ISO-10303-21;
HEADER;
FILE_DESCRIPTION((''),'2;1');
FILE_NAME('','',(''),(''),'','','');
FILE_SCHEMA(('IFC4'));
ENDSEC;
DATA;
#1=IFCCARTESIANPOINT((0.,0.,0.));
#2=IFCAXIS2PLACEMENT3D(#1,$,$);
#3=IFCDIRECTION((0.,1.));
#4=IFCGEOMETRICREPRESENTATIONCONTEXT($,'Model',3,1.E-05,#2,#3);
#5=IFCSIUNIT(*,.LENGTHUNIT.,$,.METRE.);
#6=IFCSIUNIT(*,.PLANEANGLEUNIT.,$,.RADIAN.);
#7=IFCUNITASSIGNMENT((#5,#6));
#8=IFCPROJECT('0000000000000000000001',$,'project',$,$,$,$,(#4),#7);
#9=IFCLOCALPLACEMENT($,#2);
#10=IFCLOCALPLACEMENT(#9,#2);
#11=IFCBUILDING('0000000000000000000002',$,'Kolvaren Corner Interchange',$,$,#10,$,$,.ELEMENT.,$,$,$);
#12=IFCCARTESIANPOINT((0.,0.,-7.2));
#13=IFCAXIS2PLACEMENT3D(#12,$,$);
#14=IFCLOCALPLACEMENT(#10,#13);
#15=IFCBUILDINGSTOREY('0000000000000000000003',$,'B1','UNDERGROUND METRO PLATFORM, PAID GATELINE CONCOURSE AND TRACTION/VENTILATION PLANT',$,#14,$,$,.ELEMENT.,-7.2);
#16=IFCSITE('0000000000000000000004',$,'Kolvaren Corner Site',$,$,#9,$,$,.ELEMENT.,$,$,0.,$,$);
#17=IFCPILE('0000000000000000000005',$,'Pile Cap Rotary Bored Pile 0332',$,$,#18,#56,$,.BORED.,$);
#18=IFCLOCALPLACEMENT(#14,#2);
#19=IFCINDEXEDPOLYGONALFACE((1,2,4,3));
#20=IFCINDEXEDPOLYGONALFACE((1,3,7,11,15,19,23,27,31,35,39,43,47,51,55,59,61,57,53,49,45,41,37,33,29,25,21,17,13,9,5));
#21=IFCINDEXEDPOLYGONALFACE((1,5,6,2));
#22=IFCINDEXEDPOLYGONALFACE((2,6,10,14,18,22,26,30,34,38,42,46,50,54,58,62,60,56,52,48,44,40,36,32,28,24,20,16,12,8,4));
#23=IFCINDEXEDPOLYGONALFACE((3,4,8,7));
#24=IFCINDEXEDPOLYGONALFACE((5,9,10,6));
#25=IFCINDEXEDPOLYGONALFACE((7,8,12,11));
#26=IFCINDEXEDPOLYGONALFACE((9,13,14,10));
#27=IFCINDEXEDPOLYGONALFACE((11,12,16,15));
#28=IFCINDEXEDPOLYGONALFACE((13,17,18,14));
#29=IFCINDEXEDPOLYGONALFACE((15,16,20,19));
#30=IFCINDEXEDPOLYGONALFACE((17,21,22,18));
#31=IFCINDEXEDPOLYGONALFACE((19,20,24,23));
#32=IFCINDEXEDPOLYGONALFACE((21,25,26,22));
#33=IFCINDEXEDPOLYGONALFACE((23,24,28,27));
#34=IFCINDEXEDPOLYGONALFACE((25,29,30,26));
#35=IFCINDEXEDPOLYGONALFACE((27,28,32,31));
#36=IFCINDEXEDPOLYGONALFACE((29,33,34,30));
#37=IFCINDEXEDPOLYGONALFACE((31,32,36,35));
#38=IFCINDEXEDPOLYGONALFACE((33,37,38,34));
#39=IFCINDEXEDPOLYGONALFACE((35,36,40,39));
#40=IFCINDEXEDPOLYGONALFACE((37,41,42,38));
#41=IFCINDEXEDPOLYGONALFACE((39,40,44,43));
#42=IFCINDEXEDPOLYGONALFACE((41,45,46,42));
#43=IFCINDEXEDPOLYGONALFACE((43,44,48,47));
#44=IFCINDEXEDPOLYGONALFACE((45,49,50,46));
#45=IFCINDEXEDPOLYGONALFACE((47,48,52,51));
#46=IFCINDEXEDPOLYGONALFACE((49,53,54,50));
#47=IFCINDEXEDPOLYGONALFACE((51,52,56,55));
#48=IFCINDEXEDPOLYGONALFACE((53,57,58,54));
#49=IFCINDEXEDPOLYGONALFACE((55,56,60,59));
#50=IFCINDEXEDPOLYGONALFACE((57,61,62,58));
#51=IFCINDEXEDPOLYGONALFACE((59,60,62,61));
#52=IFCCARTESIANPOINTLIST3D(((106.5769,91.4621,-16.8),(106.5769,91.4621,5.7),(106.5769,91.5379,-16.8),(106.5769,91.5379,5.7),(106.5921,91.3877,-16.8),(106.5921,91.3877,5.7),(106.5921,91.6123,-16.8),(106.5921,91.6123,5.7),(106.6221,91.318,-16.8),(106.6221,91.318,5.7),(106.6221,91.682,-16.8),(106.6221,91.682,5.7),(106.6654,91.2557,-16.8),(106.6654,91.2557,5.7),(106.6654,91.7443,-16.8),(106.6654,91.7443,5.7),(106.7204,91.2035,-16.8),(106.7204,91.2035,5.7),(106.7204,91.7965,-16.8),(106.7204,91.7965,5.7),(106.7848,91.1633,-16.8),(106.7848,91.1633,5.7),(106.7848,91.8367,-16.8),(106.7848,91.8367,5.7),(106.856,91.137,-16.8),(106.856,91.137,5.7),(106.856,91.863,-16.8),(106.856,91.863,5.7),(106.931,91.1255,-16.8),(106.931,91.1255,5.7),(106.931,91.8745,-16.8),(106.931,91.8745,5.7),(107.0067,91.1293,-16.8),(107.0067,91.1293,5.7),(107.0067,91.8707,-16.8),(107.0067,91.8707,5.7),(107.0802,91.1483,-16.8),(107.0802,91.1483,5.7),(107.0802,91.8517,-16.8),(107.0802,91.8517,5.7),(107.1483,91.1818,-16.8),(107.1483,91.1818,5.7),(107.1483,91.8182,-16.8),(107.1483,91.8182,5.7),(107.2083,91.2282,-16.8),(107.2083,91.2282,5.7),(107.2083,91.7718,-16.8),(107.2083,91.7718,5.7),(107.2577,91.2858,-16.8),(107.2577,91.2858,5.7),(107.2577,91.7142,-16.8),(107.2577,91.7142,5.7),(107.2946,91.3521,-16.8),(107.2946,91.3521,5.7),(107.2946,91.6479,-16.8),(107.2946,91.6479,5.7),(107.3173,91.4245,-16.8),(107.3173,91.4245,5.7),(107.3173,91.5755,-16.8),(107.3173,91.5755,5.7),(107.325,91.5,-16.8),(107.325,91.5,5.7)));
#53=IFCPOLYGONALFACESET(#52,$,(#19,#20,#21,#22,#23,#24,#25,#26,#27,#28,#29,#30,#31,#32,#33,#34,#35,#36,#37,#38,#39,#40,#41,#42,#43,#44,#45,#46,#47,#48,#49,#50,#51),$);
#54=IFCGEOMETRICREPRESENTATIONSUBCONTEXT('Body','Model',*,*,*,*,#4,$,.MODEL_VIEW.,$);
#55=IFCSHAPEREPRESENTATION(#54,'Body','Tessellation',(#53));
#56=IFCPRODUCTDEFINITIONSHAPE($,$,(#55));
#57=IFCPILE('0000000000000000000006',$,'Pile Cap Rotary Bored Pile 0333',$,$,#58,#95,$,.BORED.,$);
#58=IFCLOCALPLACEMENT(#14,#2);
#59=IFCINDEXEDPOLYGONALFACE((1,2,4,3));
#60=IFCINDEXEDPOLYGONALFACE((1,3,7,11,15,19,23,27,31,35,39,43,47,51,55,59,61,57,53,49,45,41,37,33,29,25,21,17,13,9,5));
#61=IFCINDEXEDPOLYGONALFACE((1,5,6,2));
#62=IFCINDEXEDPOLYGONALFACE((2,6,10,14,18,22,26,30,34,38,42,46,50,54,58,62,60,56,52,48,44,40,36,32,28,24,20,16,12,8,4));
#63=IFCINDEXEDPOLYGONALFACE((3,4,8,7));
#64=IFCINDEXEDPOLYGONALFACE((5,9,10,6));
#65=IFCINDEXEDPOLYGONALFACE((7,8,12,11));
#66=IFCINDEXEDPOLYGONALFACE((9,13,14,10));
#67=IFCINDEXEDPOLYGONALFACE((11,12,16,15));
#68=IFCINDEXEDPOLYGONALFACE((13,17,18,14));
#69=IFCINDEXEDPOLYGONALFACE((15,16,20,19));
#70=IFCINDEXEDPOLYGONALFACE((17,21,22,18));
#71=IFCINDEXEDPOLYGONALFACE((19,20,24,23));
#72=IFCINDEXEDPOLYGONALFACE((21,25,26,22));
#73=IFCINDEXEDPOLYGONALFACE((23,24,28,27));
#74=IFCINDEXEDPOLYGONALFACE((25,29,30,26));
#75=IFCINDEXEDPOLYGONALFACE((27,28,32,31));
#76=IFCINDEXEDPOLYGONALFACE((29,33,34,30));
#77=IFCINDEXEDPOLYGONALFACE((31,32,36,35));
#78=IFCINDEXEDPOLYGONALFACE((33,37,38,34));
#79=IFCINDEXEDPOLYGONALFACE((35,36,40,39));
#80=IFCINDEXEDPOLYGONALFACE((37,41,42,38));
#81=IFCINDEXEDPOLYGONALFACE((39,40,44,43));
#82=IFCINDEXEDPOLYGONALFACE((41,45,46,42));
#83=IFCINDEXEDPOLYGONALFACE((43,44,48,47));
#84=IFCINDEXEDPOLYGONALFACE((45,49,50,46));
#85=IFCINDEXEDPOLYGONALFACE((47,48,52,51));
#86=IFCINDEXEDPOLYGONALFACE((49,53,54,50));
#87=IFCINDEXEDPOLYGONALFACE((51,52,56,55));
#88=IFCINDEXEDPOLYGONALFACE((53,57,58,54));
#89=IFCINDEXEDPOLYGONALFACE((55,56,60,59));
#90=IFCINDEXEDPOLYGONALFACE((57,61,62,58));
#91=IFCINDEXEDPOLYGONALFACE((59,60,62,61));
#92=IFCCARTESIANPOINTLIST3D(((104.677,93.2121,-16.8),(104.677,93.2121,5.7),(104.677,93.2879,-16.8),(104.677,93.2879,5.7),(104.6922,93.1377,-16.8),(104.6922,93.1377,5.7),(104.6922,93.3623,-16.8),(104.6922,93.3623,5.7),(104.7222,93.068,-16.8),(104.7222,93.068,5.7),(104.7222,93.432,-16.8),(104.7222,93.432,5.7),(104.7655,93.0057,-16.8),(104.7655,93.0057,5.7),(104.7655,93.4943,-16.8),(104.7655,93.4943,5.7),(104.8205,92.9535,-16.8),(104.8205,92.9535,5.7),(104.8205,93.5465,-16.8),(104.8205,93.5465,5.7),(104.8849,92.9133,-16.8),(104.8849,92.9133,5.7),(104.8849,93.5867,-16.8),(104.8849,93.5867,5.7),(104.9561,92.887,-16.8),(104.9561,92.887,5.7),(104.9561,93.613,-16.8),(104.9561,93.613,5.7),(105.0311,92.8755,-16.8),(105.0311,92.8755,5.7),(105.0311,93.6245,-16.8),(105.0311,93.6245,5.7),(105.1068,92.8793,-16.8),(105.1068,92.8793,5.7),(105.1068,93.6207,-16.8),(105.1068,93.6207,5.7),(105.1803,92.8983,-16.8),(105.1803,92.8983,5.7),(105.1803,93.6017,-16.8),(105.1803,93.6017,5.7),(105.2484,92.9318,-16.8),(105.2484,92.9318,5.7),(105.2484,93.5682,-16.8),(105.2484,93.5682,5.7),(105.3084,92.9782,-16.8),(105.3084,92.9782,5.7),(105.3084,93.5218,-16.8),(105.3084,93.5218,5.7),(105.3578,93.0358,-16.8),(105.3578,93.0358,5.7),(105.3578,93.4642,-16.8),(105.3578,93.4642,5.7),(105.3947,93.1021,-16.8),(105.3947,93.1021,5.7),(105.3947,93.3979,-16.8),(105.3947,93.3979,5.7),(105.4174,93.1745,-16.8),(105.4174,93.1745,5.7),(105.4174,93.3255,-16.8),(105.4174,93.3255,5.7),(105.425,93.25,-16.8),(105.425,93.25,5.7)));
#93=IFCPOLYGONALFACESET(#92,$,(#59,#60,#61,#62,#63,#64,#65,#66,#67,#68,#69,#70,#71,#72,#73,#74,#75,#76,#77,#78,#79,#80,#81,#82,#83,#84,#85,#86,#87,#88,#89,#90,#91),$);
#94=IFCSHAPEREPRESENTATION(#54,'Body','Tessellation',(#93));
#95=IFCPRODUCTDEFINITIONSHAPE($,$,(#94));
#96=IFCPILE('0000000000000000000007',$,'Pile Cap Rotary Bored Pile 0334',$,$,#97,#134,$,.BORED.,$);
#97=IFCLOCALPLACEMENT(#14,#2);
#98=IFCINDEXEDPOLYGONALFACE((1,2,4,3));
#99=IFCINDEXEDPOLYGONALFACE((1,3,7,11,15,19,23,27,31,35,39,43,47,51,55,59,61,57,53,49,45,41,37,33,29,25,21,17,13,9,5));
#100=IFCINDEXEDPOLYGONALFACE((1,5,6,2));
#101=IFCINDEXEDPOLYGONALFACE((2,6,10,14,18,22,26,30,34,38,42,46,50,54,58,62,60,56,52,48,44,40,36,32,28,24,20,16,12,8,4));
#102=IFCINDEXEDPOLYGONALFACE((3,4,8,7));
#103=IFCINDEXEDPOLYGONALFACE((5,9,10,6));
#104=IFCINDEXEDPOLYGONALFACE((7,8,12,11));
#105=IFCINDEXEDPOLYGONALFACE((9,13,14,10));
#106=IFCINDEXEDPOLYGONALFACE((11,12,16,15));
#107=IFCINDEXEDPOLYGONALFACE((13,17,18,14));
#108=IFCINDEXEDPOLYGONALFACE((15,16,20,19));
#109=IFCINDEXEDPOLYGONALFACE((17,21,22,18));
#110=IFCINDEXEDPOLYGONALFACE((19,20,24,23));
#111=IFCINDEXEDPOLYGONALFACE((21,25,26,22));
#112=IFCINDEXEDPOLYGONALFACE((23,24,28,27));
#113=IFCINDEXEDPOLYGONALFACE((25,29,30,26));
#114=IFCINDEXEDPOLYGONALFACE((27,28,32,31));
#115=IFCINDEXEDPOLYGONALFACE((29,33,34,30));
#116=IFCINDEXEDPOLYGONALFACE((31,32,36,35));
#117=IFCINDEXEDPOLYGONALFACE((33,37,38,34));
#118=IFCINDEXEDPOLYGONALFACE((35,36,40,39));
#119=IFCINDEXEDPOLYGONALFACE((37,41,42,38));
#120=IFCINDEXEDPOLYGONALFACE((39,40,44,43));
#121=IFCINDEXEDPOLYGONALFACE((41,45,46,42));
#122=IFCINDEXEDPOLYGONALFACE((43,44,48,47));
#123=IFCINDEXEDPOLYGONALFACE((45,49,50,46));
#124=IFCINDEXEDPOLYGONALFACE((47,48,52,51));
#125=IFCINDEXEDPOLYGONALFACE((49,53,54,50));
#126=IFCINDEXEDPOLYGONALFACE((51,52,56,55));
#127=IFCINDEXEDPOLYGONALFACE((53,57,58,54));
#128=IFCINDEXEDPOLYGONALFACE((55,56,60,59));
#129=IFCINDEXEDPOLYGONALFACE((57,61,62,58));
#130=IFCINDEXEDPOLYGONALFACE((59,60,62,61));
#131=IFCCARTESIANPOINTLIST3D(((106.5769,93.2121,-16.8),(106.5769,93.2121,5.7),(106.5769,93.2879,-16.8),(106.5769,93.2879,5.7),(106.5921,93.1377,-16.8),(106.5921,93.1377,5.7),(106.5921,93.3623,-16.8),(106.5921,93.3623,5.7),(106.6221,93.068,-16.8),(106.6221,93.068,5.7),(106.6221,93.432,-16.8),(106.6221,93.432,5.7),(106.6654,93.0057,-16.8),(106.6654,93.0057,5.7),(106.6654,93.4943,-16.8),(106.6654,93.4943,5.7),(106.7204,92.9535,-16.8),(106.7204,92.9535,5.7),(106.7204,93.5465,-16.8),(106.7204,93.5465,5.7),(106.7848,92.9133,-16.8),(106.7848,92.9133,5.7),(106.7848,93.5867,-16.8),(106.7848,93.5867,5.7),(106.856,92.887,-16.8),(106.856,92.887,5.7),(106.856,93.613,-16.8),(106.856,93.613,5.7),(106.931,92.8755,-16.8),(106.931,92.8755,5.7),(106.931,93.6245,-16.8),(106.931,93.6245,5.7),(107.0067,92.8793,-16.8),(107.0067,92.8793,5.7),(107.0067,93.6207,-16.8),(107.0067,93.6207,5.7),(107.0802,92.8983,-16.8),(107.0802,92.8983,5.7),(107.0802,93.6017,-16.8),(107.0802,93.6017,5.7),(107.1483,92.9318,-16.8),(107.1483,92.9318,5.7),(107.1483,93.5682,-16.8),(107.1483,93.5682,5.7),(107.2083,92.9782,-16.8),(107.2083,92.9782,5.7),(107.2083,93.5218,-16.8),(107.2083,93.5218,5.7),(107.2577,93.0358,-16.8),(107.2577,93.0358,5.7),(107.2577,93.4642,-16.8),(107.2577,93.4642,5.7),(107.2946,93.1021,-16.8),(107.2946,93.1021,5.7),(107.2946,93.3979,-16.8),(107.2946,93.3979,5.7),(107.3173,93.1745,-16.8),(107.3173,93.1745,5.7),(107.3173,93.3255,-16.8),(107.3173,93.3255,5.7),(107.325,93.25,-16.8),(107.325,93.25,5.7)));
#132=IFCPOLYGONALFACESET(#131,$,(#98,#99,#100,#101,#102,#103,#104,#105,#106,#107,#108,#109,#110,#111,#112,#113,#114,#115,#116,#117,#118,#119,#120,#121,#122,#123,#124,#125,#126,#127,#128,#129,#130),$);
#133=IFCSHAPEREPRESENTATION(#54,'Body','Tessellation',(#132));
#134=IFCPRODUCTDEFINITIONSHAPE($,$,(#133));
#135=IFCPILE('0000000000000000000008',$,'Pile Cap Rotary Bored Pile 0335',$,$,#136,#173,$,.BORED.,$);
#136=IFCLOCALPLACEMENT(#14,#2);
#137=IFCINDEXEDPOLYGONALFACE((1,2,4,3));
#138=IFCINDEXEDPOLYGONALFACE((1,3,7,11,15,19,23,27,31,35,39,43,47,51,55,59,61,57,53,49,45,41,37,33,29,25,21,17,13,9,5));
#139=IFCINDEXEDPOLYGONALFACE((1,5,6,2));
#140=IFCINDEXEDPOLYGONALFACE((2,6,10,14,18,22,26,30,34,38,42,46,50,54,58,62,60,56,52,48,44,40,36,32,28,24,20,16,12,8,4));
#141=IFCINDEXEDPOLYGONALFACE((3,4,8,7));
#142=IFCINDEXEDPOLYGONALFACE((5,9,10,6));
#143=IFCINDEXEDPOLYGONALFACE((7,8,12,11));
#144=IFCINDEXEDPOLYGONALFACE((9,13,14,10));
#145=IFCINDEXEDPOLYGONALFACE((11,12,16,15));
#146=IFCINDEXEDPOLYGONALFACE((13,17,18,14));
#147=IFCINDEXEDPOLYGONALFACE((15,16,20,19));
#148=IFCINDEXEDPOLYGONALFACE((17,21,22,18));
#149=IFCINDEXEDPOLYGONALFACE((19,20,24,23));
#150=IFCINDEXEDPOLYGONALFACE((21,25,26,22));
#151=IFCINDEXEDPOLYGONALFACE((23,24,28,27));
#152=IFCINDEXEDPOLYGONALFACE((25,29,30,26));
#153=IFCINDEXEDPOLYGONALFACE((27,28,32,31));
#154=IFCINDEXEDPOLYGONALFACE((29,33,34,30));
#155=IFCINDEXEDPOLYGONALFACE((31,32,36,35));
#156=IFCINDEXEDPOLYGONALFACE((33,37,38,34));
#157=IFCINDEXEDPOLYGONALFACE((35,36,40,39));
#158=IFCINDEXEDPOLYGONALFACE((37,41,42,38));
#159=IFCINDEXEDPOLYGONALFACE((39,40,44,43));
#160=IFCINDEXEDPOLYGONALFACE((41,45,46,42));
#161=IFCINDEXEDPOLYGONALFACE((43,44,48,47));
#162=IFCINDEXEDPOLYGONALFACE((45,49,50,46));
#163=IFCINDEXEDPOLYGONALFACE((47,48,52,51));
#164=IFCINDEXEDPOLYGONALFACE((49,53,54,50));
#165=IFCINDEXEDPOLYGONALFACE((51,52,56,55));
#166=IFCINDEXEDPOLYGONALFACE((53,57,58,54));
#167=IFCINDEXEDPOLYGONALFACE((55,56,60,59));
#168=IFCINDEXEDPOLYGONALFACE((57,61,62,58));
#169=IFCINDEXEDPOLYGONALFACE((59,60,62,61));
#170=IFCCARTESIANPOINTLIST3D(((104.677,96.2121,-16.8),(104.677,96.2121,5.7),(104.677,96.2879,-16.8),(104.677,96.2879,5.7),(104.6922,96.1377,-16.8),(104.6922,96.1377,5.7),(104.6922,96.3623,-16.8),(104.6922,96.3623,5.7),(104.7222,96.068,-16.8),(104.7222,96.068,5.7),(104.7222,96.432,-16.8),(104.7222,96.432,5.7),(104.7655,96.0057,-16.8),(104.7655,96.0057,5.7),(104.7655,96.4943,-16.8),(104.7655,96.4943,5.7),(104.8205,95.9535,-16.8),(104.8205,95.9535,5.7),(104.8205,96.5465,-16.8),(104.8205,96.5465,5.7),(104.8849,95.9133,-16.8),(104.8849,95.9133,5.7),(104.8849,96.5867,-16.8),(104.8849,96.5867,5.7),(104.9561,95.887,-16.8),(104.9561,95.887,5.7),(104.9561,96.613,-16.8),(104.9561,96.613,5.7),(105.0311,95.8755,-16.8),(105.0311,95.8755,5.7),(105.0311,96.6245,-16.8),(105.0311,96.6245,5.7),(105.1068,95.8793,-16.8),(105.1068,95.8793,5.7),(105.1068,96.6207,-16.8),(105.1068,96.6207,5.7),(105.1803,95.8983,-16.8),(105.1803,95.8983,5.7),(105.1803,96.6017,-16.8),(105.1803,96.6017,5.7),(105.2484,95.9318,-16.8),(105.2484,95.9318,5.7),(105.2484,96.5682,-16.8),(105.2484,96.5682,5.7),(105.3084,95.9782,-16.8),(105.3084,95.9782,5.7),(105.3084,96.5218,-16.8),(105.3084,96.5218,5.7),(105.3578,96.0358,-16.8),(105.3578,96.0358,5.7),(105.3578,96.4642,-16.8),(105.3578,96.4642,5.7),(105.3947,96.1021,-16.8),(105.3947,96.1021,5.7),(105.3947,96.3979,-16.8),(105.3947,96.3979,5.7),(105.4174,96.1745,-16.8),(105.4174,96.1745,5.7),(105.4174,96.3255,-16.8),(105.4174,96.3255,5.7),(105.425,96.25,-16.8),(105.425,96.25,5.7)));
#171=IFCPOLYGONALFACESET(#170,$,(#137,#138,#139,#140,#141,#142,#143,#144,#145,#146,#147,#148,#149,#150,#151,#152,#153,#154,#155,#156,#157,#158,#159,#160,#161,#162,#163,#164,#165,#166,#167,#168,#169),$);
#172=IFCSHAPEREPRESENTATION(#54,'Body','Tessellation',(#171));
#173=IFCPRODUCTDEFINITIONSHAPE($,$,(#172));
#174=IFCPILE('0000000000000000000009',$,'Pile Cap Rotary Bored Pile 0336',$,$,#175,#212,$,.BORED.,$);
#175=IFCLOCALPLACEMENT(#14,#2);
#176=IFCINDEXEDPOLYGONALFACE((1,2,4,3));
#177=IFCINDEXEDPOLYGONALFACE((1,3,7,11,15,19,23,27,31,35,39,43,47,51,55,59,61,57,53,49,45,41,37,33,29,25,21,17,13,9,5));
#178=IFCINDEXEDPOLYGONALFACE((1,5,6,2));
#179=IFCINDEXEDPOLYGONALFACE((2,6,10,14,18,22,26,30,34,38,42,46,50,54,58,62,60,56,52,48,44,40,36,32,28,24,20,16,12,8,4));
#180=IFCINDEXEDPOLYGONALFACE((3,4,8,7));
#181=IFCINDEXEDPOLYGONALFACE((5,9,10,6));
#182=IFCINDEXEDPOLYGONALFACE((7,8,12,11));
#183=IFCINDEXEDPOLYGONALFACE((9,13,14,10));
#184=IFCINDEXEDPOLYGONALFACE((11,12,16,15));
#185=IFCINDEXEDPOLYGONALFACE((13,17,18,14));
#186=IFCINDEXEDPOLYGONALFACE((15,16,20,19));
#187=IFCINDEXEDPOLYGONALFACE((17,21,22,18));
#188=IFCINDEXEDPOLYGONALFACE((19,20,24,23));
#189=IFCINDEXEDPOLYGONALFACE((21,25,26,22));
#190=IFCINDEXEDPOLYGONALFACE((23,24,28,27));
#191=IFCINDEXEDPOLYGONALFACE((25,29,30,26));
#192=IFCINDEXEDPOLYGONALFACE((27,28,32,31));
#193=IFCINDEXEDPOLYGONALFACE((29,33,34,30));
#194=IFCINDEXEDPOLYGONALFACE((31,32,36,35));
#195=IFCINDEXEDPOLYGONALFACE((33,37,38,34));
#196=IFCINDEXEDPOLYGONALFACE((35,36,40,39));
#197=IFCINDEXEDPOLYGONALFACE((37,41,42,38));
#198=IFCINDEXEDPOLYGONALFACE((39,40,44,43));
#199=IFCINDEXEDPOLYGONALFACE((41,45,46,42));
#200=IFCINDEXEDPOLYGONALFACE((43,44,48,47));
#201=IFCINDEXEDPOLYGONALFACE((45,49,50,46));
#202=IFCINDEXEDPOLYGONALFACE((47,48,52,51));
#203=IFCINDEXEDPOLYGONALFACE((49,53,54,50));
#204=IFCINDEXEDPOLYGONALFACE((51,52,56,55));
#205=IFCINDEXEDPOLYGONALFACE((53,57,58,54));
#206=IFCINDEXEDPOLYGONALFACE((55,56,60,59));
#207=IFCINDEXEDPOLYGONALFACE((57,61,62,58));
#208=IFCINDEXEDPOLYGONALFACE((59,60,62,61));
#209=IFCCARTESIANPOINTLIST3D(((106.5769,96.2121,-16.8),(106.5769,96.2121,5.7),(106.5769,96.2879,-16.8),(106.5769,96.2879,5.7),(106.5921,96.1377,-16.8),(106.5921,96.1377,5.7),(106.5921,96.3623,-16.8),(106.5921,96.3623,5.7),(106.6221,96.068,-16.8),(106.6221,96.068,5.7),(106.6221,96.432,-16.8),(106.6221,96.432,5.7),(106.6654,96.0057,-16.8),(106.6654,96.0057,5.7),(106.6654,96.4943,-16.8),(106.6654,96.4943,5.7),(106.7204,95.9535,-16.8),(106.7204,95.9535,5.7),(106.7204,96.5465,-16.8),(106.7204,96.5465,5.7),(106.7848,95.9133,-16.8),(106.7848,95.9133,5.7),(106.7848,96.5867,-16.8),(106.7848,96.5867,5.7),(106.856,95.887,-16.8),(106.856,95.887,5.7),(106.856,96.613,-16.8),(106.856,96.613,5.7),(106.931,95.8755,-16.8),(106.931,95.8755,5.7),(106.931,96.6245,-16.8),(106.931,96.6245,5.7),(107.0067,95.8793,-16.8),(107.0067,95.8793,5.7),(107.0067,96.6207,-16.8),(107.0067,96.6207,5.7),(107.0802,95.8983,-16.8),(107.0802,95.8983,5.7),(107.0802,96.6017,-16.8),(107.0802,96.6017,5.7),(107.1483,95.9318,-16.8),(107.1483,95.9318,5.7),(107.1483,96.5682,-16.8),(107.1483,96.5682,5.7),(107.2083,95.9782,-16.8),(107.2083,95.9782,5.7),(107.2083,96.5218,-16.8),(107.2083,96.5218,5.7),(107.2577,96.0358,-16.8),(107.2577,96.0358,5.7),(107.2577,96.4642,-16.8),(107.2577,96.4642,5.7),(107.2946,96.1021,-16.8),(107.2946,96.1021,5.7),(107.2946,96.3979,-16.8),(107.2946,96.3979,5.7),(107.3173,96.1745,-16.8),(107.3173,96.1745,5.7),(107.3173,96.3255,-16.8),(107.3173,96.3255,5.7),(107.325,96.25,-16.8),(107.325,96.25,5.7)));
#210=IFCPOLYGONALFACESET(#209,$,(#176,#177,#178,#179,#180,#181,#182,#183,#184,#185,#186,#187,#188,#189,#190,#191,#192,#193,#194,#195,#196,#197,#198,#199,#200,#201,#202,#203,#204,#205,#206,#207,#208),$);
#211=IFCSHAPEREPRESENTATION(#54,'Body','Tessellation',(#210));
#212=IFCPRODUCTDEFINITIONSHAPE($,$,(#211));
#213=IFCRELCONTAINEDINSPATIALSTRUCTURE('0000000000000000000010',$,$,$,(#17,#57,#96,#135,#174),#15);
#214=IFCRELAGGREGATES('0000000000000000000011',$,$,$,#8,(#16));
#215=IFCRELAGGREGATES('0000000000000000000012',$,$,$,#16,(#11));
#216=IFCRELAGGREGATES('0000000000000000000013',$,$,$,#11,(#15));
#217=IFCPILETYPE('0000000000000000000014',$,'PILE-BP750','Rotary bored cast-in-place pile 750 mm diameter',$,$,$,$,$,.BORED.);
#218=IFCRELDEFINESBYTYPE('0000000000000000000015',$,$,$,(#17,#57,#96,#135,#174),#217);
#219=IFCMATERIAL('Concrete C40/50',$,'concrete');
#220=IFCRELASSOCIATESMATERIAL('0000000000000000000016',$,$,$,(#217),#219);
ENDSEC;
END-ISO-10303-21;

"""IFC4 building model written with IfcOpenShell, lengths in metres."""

from ifc_helpers import new_model, si_unit, direction, frame, origin, origin_2d, place, context, subcontext, project, spatial, circle, extrude, material, material_profile, profile_set, type_object, element, save


model = new_model("IFC4")

# Units and contexts
model_context = context("Model", 3, precision=1e-05, world=origin(), true_north=direction((0.0, 1.0)))
body_context = subcontext(model_context, "Body", "Model", "MODEL_VIEW")
ifc_project = project(units=[si_unit("LENGTHUNIT", "METRE"), si_unit("PLANEANGLEUNIT", "RADIAN")], contexts=[model_context])

# Site, building, storey
site_placement = place(None, origin())
site = spatial("IfcSite", under=ifc_project, at=site_placement, Name="Kolvaren Corner Site", CompositionType="ELEMENT", RefElevation=0.0)
building_placement = place(site_placement, origin())
building = spatial("IfcBuilding", under=site, at=building_placement, Name="Kolvaren Corner Interchange", CompositionType="ELEMENT")
storey_placement = place(building_placement, frame((0.0, 0.0, -7.2)))
storey = spatial("IfcBuildingStorey", under=building, at=storey_placement, Name="B1", Description="UNDERGROUND METRO PLATFORM, PAID GATELINE CONCOURSE AND TRACTION/VENTILATION PLANT", CompositionType="ELEMENT", Elevation=-7.2)

# Piles
ifc_material_1 = material(Name="Concrete C40/50", Category="concrete")
ifc_material_profile_1 = material_profile(ifc_material_1, circle(Radius=0.375, at=origin_2d()), Name="BORED PILE 750")
ifc_profile_set_1 = profile_set([ifc_material_profile_1], Name="Concrete C40/50")
pile_type_1 = type_object("IfcPileType", Name="PILE-BP750", Description="Rotary bored cast-in-place pile 750 mm diameter", PredefinedType="BORED", material=ifc_profile_set_1)
for number, where, z_axis, x_axis, name in (
    (1, (106.95, 91.5, 5.7), (0.0, 0.0, -1.0), (1.0, 0.0, 0.0), "Pile Cap Rotary Bored Pile 0332"),
    (2, (105.05, 93.25, 5.7), (0.0, 0.0, -1.0), (1.0, 0.0, 0.0), "Pile Cap Rotary Bored Pile 0333"),
    (3, (106.95, 93.25, 5.7), (0.0, 0.0, -1.0), (1.0, 0.0, 0.0), "Pile Cap Rotary Bored Pile 0334"),
    (4, (105.05, 96.25, 5.7), (0.0, 0.0, -1.0), (1.0, 0.0, 0.0), "Pile Cap Rotary Bored Pile 0335"),
    (5, (106.95, 96.25, 5.7), (0.0, 0.0, -1.0), (1.0, 0.0, 0.0), "Pile Cap Rotary Bored Pile 0336"),
):
    element("IfcPile", number, at=place(storey_placement, frame(where, z_axis=z_axis, x_axis=x_axis)), inside=storey, type_object=pile_type_1, Name=name, PredefinedType="BORED", context=body_context, shape_type="SweptSolid", body=[
        extrude(circle(Radius=0.375, at=origin_2d()), origin(), (0.0, 0.0, 1.0), 22.5),
    ])

save(model, "model.ifc")
